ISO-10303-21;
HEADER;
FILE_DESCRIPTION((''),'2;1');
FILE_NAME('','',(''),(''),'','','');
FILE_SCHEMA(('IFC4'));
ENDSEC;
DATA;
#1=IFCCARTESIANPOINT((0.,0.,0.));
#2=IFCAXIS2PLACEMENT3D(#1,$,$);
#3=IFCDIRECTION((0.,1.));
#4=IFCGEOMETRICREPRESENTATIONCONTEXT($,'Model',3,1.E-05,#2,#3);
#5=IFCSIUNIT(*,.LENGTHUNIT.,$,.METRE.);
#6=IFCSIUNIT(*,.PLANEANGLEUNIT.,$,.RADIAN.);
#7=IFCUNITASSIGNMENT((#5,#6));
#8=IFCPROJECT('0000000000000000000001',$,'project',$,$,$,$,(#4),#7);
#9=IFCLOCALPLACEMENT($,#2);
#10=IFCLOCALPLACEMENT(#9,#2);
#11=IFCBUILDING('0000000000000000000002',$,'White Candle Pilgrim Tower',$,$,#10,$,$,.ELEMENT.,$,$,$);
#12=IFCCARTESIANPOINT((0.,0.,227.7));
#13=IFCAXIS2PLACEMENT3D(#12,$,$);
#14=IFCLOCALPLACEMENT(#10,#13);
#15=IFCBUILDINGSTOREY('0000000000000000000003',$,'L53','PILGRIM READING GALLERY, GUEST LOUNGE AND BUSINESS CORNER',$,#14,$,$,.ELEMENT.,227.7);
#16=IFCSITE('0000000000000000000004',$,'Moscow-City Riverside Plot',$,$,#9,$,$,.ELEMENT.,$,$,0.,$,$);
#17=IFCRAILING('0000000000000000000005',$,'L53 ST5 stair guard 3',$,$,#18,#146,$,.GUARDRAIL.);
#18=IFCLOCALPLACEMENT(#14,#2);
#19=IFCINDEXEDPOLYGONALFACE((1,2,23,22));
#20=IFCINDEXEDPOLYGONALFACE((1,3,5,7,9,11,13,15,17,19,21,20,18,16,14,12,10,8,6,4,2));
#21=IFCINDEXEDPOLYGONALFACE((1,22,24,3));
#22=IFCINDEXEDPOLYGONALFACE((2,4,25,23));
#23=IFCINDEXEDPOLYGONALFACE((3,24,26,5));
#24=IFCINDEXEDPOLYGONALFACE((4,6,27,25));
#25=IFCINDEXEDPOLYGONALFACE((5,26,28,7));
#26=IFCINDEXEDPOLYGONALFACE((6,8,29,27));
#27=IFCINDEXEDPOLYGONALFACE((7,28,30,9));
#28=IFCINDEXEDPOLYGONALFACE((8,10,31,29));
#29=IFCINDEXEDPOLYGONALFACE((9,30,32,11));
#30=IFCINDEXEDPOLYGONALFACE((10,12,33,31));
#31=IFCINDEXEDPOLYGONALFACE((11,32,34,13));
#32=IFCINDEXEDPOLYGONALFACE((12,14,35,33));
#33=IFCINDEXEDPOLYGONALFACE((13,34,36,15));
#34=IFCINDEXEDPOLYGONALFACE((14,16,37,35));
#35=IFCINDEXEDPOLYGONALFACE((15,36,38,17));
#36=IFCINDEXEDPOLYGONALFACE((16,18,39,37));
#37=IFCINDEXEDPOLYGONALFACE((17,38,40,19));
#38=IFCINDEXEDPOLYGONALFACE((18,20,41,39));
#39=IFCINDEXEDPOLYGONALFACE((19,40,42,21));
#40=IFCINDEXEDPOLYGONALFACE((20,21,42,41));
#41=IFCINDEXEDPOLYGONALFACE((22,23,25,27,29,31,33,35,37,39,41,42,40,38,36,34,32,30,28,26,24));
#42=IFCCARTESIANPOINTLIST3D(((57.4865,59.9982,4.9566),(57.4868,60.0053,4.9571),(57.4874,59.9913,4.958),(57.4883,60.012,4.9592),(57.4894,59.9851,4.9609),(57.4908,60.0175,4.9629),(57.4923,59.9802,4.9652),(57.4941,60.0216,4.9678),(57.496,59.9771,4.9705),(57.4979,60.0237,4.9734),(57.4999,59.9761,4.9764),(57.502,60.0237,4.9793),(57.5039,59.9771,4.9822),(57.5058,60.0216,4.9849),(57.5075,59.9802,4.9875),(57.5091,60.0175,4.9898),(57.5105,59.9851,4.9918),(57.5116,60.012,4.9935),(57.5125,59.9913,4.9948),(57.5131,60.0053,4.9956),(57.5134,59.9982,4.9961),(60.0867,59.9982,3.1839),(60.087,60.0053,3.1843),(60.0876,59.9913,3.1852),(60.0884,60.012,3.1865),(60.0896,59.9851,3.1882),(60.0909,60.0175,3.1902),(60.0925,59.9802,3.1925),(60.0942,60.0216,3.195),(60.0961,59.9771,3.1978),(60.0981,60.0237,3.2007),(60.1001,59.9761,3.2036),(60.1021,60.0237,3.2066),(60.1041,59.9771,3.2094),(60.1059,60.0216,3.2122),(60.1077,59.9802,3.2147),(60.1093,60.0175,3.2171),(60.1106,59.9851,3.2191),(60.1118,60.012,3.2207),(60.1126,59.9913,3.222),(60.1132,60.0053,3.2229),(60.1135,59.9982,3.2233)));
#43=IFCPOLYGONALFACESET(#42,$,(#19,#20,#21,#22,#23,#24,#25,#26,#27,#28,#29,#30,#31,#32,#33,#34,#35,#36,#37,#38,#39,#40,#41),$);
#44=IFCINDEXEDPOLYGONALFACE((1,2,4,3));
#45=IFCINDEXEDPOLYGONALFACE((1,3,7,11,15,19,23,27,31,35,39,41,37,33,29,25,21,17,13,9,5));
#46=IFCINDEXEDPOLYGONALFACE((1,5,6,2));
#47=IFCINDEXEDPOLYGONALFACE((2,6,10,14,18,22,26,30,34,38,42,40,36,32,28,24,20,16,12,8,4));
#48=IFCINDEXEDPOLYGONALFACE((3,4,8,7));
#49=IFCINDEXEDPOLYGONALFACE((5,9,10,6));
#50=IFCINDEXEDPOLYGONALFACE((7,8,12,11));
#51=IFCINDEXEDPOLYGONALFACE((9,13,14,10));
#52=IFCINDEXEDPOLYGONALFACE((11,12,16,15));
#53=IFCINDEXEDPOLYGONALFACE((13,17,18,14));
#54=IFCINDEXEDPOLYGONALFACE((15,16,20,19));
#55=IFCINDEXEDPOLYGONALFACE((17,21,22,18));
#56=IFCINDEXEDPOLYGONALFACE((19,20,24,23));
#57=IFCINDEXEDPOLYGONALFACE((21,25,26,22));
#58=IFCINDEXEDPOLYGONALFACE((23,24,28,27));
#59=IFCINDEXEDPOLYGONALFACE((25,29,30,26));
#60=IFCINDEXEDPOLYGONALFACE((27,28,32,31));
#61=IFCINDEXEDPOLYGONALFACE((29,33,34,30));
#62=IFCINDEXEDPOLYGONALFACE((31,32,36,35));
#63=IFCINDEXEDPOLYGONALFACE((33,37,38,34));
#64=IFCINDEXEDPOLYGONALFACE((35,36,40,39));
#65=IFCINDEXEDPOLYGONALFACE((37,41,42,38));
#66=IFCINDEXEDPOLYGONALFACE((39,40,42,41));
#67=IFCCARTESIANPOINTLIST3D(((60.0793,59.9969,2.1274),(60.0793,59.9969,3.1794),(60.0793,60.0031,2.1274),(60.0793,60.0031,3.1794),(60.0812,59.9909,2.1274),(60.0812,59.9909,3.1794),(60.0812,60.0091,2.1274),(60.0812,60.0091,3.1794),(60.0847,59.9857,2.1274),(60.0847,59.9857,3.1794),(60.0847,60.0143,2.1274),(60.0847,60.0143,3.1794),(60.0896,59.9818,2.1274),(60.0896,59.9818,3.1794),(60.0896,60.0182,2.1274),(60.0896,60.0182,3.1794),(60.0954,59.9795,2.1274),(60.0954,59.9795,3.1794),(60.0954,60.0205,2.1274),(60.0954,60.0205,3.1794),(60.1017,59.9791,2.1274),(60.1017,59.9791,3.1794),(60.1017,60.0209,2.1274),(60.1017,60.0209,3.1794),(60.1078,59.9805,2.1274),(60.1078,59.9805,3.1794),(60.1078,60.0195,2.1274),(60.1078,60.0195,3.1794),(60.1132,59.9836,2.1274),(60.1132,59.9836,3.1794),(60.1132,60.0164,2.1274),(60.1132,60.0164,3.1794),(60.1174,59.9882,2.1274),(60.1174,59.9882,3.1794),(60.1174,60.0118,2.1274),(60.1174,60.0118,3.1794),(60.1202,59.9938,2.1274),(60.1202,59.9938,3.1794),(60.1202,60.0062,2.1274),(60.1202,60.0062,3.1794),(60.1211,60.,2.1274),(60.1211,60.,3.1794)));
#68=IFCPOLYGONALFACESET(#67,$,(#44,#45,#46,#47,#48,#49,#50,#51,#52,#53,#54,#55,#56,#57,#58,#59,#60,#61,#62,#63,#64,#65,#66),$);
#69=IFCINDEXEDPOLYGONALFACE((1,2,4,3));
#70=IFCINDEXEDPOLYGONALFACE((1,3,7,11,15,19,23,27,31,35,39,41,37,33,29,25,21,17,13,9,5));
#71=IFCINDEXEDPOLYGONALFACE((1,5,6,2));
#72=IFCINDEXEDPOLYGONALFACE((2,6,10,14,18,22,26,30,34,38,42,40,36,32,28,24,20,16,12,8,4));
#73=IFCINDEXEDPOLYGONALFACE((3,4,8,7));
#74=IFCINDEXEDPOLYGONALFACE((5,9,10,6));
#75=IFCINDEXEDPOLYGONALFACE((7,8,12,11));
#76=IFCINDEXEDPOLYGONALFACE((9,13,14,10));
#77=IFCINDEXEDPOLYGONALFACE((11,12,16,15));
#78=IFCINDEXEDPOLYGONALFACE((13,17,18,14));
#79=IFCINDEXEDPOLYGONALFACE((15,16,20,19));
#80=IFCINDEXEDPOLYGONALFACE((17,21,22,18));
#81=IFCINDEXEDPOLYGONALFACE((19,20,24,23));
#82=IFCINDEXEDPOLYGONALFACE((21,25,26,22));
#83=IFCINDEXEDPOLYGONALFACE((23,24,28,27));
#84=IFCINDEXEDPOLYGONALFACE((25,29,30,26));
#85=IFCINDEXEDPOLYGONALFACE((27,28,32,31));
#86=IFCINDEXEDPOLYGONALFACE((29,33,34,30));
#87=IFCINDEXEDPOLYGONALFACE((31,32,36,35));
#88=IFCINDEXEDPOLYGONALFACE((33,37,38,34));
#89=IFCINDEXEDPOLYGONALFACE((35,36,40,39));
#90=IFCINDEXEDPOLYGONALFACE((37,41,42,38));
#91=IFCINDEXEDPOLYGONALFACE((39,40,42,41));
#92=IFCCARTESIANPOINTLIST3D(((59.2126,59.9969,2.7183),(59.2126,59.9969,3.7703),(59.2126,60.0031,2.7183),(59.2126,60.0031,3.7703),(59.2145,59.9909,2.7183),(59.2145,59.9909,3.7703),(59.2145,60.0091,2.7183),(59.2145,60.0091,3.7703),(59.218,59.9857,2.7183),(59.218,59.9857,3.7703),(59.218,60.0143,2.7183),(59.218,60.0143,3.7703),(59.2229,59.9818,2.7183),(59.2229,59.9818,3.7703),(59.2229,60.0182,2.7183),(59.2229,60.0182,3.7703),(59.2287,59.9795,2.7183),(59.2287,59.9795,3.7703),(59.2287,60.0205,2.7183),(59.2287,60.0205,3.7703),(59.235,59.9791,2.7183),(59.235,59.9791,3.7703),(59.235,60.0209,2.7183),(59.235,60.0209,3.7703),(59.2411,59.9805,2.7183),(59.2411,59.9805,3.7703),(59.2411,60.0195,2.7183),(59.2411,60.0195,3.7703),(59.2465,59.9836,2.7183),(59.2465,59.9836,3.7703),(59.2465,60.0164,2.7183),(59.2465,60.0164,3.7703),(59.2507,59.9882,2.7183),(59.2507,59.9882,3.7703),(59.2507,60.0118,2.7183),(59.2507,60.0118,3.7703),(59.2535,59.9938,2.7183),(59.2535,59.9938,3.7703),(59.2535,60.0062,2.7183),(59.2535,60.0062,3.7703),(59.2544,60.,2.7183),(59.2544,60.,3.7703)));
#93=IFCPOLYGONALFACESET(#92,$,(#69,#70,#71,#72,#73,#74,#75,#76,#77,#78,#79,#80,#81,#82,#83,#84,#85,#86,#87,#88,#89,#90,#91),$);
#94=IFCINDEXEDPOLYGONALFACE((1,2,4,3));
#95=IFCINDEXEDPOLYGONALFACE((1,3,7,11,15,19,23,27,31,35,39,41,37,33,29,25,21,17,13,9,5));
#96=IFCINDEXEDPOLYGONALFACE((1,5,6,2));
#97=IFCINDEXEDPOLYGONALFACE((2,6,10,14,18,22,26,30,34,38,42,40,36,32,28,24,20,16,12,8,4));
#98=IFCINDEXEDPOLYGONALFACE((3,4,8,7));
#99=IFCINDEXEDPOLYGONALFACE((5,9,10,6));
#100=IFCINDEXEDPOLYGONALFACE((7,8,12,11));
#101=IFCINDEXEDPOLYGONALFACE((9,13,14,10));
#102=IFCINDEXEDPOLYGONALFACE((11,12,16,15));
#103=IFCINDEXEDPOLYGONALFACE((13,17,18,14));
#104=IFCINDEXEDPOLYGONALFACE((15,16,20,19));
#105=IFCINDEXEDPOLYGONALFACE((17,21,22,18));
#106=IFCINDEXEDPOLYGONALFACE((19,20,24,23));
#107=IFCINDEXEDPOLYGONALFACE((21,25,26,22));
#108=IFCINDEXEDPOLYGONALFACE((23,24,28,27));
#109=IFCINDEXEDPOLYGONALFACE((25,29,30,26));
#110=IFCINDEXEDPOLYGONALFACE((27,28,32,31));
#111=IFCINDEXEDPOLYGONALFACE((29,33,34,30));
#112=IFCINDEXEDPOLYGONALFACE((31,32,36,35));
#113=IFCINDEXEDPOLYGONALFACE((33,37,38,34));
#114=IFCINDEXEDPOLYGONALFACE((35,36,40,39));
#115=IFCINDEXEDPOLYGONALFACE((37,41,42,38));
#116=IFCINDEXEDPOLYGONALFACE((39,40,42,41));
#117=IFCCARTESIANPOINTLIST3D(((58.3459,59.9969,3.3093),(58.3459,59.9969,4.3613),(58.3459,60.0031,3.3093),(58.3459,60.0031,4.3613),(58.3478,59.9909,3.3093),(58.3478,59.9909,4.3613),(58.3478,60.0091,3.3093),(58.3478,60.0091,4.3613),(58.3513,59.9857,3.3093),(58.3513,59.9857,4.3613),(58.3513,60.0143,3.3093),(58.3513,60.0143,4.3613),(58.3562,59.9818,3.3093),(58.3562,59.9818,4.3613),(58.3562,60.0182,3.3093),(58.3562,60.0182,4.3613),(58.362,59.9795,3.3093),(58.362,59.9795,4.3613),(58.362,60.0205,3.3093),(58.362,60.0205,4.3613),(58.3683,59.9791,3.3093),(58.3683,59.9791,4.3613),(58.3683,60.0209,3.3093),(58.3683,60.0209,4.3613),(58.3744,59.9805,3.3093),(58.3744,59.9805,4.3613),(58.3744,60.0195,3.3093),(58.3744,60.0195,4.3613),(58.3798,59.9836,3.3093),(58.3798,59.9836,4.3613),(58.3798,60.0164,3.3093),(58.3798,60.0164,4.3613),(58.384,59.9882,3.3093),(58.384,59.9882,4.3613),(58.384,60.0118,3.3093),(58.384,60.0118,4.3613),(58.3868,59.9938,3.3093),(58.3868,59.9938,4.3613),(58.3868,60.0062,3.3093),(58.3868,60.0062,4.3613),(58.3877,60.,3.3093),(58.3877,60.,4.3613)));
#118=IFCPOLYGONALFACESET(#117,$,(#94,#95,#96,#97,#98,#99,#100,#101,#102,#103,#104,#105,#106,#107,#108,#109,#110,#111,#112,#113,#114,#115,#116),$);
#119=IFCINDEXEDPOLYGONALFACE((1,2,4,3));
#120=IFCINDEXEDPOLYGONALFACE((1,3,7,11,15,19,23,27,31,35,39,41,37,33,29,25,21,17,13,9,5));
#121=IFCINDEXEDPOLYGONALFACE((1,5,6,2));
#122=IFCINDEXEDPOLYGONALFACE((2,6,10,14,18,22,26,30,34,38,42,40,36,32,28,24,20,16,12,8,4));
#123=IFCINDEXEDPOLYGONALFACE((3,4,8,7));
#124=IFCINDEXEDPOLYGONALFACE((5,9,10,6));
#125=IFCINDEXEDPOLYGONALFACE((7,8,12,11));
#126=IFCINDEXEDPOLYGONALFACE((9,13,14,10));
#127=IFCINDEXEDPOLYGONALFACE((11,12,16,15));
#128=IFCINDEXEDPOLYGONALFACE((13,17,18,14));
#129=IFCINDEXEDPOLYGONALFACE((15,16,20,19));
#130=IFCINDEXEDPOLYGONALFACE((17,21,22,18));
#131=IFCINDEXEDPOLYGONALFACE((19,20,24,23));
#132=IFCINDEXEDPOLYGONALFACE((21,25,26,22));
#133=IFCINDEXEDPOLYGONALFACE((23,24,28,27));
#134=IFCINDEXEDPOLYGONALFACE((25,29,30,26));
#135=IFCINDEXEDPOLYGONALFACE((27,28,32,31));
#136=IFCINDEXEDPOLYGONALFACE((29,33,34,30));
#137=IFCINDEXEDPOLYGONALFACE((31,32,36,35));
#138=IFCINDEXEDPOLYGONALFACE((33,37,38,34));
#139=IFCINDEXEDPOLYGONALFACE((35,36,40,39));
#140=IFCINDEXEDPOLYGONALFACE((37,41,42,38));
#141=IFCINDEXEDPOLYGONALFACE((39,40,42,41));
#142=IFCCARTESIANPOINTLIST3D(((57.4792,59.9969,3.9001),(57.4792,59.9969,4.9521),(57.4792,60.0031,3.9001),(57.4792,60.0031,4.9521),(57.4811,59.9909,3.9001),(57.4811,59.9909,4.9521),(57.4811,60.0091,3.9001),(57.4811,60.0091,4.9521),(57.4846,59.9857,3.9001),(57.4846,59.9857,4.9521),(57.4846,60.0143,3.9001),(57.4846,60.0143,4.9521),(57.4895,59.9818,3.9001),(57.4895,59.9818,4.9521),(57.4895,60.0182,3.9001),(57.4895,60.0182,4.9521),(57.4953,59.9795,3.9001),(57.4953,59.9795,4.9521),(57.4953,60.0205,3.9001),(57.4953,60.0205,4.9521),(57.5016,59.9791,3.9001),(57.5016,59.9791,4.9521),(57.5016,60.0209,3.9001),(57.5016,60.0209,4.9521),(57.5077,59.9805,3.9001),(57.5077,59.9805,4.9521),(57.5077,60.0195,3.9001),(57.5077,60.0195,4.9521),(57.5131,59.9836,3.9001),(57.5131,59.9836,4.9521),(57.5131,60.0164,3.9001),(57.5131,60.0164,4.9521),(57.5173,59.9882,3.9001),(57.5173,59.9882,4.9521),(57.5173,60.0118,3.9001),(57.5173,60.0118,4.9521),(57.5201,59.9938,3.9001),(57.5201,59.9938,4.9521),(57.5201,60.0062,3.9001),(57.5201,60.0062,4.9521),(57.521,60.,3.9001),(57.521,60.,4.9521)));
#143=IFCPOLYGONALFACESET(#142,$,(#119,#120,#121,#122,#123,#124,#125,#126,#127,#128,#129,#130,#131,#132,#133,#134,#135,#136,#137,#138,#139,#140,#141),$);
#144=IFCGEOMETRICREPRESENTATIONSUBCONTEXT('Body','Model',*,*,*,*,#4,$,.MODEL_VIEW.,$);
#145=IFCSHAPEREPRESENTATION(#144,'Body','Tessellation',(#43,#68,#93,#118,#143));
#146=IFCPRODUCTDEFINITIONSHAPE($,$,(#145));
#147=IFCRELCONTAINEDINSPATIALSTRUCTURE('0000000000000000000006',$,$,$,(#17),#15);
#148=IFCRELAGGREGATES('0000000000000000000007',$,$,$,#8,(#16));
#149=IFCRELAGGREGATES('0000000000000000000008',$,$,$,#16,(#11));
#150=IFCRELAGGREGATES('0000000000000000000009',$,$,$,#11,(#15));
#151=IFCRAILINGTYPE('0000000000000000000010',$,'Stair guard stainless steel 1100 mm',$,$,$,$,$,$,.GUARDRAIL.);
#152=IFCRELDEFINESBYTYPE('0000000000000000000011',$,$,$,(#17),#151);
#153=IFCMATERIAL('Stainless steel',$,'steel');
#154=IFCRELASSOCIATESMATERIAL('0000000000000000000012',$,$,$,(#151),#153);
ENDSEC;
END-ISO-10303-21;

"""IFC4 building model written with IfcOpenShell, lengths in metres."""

from ifc_helpers import new_model, si_unit, direction, frame, origin, origin_2d, place, context, subcontext, project, spatial, circle, extrude, material, type_object, element, save


model = new_model("IFC4")

# Units and contexts
model_context = context("Model", 3, precision=1e-05, world=origin(), true_north=direction((0.0, 1.0)))
body_context = subcontext(model_context, "Body", "Model", "MODEL_VIEW")
ifc_project = project(units=[si_unit("LENGTHUNIT", "METRE"), si_unit("PLANEANGLEUNIT", "RADIAN")], contexts=[model_context])

# Site, building, storey
site_placement = place(None, origin())
site = spatial("IfcSite", under=ifc_project, at=site_placement, Name="Moscow-City Riverside Plot", CompositionType="ELEMENT", RefElevation=0.0)
building_placement = place(site_placement, origin())
building = spatial("IfcBuilding", under=site, at=building_placement, Name="White Candle Pilgrim Tower", CompositionType="ELEMENT")
storey_placement = place(building_placement, frame((0.0, 0.0, 227.7)))
storey = spatial("IfcBuildingStorey", under=building, at=storey_placement, Name="L53", Description="PILGRIM READING GALLERY, GUEST LOUNGE AND BUSINESS CORNER", CompositionType="ELEMENT", Elevation=227.7)

# Railing
ifc_material_1 = material(Name="Stainless steel", Category="steel")
railing_type_1 = type_object("IfcRailingType", Name="Stair guard stainless steel 1100 mm", PredefinedType="GUARDRAIL", material=ifc_material_1)
railing_1_placement = place(storey_placement, frame((60.1001, 60.0, 2.1274)))
element("IfcRailing", 1, at=railing_1_placement, inside=storey, type_object=railing_type_1, Name="L53 ST5 stair guard 3", PredefinedType="GUARDRAIL", context=body_context, shape_type="SweptSolid", body=[
    extrude(circle(Radius=0.0239, at=origin_2d()), frame((0.0, 0.0, 1.0762), z_axis=(-0.82624, 0.0, 0.563318), x_axis=(0.0, -1.0, 0.0)), (0.0, 0.0, 1.0), 3.147),
    extrude(circle(Radius=0.021, at=origin_2d()), origin(), (0.0, 0.0, 1.0), 1.052),
    extrude(circle(Radius=0.021, at=origin_2d()), frame((-0.8667, 0.0, 0.5908)), (0.0, 0.0, 1.0), 1.052),
    extrude(circle(Radius=0.021, at=origin_2d()), frame((-1.7334, 0.0, 1.1819)), (0.0, 0.0, 1.0), 1.052),
    extrude(circle(Radius=0.021, at=origin_2d()), frame((-2.6001, 0.0, 1.7727)), (0.0, 0.0, 1.0), 1.052),
])

save(model, "model.ifc")
